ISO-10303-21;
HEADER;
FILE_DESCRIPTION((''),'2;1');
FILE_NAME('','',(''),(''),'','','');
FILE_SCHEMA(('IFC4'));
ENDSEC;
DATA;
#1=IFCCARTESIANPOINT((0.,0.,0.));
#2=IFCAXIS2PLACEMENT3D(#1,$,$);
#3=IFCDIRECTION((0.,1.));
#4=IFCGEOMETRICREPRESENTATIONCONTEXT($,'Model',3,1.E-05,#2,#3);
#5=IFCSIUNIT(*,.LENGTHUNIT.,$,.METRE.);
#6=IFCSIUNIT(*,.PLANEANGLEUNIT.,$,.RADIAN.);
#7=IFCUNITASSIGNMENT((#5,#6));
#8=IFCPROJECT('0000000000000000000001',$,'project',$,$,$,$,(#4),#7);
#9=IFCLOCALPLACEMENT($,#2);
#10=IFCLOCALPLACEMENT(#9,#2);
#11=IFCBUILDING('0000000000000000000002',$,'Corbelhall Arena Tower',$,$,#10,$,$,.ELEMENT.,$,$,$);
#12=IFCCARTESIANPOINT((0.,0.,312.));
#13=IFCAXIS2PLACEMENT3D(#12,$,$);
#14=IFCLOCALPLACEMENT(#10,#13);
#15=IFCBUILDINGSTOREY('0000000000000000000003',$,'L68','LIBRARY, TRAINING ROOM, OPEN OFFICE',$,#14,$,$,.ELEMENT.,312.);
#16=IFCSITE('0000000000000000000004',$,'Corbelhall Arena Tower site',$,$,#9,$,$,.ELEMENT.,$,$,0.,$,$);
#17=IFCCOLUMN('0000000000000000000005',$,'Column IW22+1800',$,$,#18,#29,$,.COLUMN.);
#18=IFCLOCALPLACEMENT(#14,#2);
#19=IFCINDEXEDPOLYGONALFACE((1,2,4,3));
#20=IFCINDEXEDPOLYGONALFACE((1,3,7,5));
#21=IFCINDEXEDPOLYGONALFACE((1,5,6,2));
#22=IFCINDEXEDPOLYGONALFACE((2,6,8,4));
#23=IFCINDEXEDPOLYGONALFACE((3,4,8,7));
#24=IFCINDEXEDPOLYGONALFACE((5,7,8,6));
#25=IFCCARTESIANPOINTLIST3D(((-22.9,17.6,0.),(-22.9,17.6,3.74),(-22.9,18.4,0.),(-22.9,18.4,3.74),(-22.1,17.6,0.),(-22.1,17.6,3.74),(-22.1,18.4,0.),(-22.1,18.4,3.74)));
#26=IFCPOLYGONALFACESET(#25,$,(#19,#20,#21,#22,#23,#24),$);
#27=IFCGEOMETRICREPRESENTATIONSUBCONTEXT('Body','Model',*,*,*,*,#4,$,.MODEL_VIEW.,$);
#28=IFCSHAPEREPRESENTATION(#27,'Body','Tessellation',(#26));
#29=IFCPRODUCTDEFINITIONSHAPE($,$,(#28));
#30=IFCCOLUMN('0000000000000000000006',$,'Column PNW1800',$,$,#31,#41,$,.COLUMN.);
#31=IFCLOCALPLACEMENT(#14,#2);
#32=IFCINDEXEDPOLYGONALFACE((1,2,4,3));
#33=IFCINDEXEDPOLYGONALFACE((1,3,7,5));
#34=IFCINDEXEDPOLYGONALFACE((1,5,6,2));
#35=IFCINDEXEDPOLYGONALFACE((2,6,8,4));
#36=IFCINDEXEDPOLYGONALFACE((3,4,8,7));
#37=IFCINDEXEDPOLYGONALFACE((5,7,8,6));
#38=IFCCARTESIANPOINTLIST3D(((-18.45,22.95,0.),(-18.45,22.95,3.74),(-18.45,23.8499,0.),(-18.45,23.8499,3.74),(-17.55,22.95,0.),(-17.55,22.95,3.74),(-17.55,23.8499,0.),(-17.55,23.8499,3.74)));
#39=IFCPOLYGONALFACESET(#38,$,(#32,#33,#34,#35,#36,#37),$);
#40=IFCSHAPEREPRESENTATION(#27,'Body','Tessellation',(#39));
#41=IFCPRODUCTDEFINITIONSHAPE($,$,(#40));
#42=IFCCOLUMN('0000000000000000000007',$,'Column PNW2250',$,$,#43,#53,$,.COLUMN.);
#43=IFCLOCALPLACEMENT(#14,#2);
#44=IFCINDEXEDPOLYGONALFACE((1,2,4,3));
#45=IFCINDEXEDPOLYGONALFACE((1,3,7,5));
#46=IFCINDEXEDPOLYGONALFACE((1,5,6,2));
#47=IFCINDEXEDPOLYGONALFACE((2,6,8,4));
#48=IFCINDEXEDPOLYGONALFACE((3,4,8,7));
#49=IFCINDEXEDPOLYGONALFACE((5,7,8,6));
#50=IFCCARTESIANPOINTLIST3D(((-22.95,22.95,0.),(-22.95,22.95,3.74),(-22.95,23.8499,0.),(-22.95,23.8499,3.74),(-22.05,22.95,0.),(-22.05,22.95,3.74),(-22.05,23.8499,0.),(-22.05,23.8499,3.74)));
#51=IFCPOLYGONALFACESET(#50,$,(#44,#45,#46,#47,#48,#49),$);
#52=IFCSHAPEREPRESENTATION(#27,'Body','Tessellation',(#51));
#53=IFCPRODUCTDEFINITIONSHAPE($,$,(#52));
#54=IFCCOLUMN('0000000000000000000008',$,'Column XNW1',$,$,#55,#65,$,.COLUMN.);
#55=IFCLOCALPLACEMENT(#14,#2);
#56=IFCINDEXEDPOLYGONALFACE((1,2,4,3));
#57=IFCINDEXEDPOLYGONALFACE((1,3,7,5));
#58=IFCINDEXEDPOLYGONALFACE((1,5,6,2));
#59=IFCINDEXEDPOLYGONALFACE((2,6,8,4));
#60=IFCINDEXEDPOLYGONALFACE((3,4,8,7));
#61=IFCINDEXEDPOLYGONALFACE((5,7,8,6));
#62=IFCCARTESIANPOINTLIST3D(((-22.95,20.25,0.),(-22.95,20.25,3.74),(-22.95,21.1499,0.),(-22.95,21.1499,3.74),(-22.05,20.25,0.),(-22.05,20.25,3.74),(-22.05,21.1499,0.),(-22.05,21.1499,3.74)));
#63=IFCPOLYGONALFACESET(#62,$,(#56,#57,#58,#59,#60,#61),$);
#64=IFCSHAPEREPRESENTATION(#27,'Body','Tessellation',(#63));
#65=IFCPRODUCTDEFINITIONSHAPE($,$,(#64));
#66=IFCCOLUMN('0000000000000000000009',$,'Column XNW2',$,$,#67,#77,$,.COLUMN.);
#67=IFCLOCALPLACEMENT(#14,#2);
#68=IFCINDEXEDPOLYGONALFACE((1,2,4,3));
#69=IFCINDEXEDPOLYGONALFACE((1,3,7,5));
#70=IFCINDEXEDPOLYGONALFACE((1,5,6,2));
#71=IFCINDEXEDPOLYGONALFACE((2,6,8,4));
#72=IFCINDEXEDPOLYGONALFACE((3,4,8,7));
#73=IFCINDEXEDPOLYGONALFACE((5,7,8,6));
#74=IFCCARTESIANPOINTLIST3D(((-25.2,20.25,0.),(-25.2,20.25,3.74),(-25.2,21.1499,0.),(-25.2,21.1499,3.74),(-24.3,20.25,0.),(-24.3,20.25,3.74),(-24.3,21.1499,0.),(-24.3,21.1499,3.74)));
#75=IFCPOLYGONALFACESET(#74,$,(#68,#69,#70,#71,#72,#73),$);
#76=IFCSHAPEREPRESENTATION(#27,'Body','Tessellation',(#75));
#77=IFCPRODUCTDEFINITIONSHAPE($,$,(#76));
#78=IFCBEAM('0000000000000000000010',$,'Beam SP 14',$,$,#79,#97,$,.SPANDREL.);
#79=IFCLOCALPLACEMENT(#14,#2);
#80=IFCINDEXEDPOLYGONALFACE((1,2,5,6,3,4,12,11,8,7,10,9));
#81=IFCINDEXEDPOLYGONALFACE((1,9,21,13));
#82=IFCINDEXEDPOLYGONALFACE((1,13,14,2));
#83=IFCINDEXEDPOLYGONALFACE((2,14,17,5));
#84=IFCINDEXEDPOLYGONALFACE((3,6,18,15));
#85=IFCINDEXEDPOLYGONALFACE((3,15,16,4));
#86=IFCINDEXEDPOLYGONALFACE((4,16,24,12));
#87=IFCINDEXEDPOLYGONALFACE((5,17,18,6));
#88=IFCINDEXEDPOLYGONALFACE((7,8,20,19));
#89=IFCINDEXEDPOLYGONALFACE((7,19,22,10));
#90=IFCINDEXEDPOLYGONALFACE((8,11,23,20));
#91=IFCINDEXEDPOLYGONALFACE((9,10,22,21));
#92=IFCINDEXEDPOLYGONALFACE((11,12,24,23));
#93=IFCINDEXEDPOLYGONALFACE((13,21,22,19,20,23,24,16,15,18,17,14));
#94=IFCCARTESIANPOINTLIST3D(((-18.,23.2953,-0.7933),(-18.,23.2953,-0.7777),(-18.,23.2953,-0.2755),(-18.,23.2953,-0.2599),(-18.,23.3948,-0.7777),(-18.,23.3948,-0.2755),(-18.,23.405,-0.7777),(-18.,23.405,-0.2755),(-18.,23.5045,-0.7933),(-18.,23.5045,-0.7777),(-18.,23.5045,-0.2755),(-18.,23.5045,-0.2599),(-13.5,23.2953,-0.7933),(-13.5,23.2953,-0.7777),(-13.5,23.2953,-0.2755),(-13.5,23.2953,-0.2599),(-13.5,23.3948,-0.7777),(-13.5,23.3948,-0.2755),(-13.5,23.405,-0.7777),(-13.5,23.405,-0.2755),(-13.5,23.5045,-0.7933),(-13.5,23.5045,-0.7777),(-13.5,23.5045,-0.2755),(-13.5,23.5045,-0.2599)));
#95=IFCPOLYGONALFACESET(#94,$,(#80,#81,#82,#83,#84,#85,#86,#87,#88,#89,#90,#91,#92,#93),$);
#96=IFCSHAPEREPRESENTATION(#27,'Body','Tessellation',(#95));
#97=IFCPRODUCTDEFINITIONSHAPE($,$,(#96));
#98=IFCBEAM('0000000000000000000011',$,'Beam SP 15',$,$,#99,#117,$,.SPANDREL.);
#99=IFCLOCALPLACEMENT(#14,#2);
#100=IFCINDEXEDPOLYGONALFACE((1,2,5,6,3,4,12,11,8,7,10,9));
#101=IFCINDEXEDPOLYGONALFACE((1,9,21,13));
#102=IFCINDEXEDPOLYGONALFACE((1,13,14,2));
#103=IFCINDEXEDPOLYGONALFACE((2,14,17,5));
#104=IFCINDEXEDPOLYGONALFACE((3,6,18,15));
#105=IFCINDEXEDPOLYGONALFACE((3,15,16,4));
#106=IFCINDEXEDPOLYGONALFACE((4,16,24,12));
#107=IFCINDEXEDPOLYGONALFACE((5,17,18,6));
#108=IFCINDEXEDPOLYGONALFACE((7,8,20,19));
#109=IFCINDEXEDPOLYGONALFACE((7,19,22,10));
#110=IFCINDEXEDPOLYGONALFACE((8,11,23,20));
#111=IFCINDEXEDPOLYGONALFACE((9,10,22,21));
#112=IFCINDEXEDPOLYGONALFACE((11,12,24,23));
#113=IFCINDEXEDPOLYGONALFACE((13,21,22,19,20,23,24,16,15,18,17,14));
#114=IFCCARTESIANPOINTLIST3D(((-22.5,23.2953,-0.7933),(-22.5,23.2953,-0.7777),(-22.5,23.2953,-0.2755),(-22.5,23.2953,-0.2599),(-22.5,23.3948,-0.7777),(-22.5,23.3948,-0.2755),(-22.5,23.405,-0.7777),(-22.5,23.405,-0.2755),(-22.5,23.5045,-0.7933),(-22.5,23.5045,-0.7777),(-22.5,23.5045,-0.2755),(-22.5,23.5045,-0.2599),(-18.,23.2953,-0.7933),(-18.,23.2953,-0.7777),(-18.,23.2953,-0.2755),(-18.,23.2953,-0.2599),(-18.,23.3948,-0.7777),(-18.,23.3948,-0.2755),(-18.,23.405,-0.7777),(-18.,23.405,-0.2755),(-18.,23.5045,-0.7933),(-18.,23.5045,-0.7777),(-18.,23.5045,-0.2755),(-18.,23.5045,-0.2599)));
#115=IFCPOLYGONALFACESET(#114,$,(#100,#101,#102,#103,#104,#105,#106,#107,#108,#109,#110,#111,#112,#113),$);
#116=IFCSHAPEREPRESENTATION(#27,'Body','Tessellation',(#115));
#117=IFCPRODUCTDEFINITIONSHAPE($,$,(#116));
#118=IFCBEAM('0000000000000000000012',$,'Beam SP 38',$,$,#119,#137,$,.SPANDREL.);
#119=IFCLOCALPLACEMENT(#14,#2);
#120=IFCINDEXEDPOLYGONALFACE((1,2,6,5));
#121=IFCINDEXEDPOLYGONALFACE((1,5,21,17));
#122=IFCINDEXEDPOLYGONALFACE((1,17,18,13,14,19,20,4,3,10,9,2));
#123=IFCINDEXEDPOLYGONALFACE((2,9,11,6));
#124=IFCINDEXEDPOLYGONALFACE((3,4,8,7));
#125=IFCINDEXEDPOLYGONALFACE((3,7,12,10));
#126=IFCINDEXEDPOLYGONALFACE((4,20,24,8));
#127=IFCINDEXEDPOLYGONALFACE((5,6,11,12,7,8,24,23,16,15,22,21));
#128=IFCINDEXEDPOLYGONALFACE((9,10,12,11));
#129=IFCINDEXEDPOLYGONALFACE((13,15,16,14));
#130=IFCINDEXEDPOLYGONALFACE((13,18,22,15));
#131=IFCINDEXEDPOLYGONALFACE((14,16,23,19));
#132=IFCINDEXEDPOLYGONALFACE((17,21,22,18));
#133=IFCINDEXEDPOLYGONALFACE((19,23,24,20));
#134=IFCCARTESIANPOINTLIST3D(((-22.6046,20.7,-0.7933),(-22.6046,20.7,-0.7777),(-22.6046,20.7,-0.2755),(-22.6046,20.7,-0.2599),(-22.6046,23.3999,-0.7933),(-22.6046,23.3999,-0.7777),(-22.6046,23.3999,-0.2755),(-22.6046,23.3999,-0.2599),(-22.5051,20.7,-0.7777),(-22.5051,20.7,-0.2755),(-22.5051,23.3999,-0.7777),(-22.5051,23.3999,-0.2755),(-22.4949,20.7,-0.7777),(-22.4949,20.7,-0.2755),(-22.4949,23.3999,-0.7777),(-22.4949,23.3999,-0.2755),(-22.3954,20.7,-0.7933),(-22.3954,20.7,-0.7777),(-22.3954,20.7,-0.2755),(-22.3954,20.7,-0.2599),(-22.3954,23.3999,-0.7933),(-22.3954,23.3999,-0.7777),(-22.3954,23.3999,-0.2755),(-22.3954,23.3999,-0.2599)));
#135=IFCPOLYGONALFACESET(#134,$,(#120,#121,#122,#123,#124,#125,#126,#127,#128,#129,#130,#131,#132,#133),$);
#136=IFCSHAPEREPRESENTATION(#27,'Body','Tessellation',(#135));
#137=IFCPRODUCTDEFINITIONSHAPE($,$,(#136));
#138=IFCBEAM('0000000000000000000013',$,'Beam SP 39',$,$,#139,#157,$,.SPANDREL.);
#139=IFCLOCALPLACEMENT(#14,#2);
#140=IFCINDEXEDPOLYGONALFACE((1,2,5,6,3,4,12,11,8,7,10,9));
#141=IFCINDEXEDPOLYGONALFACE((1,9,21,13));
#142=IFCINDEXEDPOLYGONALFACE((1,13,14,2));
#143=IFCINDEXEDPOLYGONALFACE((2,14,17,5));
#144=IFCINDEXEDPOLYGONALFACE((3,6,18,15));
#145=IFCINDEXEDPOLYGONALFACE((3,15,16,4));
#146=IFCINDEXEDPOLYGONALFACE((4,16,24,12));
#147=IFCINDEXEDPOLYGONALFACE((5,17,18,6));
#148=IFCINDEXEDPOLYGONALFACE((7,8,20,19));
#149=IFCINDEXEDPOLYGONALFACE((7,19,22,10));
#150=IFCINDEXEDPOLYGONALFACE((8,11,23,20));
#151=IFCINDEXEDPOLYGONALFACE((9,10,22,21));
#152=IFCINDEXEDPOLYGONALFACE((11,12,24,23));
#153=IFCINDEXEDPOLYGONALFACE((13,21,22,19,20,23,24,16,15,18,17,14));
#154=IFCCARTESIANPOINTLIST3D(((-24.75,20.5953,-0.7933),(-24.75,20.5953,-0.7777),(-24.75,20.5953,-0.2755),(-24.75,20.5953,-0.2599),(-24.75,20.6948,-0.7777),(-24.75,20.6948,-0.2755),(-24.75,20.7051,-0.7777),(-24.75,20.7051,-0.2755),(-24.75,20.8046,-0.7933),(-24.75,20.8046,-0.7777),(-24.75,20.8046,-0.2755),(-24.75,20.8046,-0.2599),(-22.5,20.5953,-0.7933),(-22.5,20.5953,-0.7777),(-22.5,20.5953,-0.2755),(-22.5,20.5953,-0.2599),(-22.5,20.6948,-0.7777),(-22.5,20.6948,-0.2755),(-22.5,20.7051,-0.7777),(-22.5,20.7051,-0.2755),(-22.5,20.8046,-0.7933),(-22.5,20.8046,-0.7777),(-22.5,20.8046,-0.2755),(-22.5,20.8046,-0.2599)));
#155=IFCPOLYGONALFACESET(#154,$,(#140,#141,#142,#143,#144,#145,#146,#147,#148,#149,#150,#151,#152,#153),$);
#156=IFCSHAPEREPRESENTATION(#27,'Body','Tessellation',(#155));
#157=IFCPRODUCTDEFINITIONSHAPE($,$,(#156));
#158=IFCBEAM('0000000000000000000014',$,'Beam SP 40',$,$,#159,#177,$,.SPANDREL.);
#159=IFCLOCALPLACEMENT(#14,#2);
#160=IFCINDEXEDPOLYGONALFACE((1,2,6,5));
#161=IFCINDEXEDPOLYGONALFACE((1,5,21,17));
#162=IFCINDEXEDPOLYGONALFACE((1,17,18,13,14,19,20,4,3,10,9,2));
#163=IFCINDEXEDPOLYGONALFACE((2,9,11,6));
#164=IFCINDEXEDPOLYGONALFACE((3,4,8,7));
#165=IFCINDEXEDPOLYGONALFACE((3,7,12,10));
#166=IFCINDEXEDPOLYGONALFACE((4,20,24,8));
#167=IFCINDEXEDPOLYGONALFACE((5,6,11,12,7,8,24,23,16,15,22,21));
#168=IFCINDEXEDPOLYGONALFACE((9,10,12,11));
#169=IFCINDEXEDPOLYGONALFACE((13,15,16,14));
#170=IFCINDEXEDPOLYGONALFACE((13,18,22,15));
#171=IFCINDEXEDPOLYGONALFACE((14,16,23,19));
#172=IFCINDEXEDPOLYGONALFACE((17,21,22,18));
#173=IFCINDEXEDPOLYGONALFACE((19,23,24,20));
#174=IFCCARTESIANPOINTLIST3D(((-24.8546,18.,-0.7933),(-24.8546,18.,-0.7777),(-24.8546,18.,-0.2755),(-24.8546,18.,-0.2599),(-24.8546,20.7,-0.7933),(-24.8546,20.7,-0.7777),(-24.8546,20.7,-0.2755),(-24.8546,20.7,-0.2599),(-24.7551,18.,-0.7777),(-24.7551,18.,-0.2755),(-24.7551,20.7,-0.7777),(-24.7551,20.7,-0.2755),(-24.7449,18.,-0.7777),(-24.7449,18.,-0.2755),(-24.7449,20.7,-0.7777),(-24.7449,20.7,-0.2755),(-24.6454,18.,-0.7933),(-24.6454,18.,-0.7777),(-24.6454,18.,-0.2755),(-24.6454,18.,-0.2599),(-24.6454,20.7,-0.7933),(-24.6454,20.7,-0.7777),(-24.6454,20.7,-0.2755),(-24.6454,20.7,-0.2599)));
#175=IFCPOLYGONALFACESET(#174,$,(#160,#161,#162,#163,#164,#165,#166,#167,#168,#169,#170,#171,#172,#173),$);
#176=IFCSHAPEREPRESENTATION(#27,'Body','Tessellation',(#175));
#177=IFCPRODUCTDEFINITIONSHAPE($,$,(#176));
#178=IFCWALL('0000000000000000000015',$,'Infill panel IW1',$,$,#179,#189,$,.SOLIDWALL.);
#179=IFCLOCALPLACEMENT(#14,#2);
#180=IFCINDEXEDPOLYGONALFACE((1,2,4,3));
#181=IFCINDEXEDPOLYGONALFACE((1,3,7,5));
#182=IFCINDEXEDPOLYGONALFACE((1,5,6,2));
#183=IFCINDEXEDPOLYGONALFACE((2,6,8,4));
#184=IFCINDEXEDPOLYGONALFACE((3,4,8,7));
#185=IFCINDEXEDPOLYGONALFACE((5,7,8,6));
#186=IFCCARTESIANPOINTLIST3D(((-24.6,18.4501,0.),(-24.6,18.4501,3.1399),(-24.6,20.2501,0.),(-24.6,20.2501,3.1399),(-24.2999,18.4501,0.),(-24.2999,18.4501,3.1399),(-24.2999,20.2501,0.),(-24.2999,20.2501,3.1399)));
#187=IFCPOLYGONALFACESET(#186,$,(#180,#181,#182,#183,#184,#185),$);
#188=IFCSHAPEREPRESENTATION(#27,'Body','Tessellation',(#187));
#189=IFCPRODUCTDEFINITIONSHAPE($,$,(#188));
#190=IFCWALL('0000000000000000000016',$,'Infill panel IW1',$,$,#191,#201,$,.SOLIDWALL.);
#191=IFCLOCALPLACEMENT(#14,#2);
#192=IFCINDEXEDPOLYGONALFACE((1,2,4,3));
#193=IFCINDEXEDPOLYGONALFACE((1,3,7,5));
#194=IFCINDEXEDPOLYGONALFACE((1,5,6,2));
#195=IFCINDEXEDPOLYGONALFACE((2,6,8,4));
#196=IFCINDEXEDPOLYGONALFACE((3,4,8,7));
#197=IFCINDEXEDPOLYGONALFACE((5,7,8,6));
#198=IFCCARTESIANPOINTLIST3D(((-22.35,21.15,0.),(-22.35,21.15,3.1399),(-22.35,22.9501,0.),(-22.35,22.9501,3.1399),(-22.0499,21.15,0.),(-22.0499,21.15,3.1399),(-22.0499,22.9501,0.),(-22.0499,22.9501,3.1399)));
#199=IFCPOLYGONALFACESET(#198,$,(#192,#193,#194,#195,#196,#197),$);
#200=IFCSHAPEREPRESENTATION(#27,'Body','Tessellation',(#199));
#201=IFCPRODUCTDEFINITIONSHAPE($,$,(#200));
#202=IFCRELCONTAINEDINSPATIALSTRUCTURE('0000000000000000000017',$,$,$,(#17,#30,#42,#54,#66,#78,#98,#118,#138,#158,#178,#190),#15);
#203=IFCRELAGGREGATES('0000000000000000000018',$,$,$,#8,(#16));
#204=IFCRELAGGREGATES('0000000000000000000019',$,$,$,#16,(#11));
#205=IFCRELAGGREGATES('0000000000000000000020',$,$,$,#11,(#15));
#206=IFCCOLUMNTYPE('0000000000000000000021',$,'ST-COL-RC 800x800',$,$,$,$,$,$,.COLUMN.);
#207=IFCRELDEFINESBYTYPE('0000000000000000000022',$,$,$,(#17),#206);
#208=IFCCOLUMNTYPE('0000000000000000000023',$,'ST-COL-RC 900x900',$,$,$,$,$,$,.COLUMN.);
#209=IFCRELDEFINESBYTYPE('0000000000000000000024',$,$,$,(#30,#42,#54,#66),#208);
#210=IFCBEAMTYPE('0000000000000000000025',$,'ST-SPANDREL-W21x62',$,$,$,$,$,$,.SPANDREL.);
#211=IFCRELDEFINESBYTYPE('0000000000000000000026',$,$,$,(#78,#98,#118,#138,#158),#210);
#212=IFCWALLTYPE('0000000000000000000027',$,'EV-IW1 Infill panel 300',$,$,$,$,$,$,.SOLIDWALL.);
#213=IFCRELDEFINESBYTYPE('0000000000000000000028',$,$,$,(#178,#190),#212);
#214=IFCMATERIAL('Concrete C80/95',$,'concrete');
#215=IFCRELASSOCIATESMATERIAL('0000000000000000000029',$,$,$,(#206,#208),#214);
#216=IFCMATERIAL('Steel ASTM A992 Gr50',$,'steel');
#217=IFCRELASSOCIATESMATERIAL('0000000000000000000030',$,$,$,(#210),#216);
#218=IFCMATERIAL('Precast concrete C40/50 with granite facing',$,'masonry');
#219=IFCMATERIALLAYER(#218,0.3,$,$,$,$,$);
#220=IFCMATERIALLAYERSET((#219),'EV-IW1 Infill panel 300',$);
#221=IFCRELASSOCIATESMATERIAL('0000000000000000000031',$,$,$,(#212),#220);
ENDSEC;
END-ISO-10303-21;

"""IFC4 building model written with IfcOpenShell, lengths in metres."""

from ifc_helpers import new_model, si_unit, direction, frame, frame_2d, origin, origin_2d, place, context, subcontext, project, spatial, rectangle, i_section, extrude, material, layer, layer_set, material_profile, profile_set, type_object, element, save


model = new_model("IFC4")

# Units and contexts
model_context = context("Model", 3, precision=1e-05, world=origin(), true_north=direction((0.0, 1.0)))
body_context = subcontext(model_context, "Body", "Model", "MODEL_VIEW")
ifc_project = project(units=[si_unit("LENGTHUNIT", "METRE"), si_unit("PLANEANGLEUNIT", "RADIAN")], contexts=[model_context])

# Site, building, storey
site_placement = place(None, origin())
site = spatial("IfcSite", under=ifc_project, at=site_placement, Name="Corbelhall Arena Tower site", CompositionType="ELEMENT", RefElevation=0.0)
building_placement = place(site_placement, origin())
building = spatial("IfcBuilding", under=site, at=building_placement, Name="Corbelhall Arena Tower", CompositionType="ELEMENT")
storey_placement = place(building_placement, frame((0.0, 0.0, 312.0)))
storey = spatial("IfcBuildingStorey", under=building, at=storey_placement, Name="L68", Description="LIBRARY, TRAINING ROOM, OPEN OFFICE", CompositionType="ELEMENT", Elevation=312.0)

# Columns
ifc_material_1 = material(Name="Concrete C80/95", Category="concrete")
ifc_material_profile_1 = material_profile(ifc_material_1, rectangle(XDim=0.8, YDim=0.8, at=origin_2d()))
ifc_profile_set_1 = profile_set([ifc_material_profile_1], Name="Concrete C80/95")
column_type_1 = type_object("IfcColumnType", Name="ST-COL-RC 800x800", PredefinedType="COLUMN", material=ifc_profile_set_1)
column_placement = place(storey_placement, frame((-22.5, 18.0, 0.0), z_axis=(0.0, 0.0, 1.0), x_axis=(1.0, 0.0, 0.0)))
element("IfcColumn", 1, at=column_placement, inside=storey, type_object=column_type_1, Name="Column IW22+1800", PredefinedType="COLUMN", context=body_context, shape_type="SweptSolid", body=[
    extrude(rectangle(XDim=0.8, YDim=0.8, at=origin_2d()), origin(), (0.0, 0.0, 1.0), 3.74),
])
ifc_material_profile_2 = material_profile(ifc_material_1, rectangle(XDim=0.8999, YDim=0.8999, at=origin_2d()))
ifc_profile_set_2 = profile_set([ifc_material_profile_2], Name="Concrete C80/95")
column_type_2 = type_object("IfcColumnType", Name="ST-COL-RC 900x900", PredefinedType="COLUMN", material=ifc_profile_set_2)
for number, where, z_axis, x_axis, name in (
    (2, (-18.0, 23.3999, 0.0), (0.0, 0.0, 1.0), (1.0, 0.0, 0.0), "Column PNW1800"),
    (3, (-22.5, 23.3999, 0.0), (0.0, 0.0, 1.0), (1.0, 0.0, 0.0), "Column PNW2250"),
    (4, (-22.5, 20.7, 0.0), (0.0, 0.0, 1.0), (1.0, 0.0, 0.0), "Column XNW1"),
    (5, (-24.75, 20.7, 0.0), (0.0, 0.0, 1.0), (1.0, 0.0, 0.0), "Column XNW2"),
):
    element("IfcColumn", number, at=place(storey_placement, frame(where, z_axis=z_axis, x_axis=x_axis)), inside=storey, type_object=column_type_2, Name=name, PredefinedType="COLUMN", context=body_context, shape_type="SweptSolid", body=[
        extrude(rectangle(XDim=0.8999, YDim=0.8999, at=origin_2d()), origin(), (0.0, 0.0, 1.0), 3.74),
    ])

# Beams
ifc_material_2 = material(Name="Steel ASTM A992 Gr50", Category="steel")
ifc_material_profile_3 = material_profile(ifc_material_2, i_section(OverallWidth=0.2092, OverallDepth=0.5334, WebThickness=0.0103, FlangeThickness=0.0156, at=origin_2d()))
ifc_profile_set_3 = profile_set([ifc_material_profile_3], Name="Steel ASTM A992 Gr50")
beam_type = type_object("IfcBeamType", Name="ST-SPANDREL-W21x62", PredefinedType="SPANDREL", material=ifc_profile_set_3)
for number, where, z_axis, x_axis, name in (
    (6, (-18.0, 23.3999, -0.5266), (1.0, 0.0, 0.0), (0.0, 1.0, 0.0), "Beam SP 14"),
    (7, (-22.5, 23.3999, -0.5266), (1.0, 0.0, 0.0), (0.0, 1.0, 0.0), "Beam SP 15"),
):
    element("IfcBeam", number, at=place(storey_placement, frame(where, z_axis=z_axis, x_axis=x_axis)), inside=storey, type_object=beam_type, Name=name, PredefinedType="SPANDREL", context=body_context, shape_type="SweptSolid", body=[
        extrude(i_section(OverallWidth=0.2092, OverallDepth=0.5334, WebThickness=0.0103, FlangeThickness=0.0156, at=origin_2d()), origin(), (0.0, 0.0, 1.0), 4.5),
    ])
beam_1_placement = place(storey_placement, frame((-22.5, 20.7, -0.5266), z_axis=(0.0, 1.0, 0.0), x_axis=(-1.0, 0.0, 0.0)))
element("IfcBeam", 8, at=beam_1_placement, inside=storey, type_object=beam_type, Name="Beam SP 38", PredefinedType="SPANDREL", context=body_context, shape_type="SweptSolid", body=[
    extrude(i_section(OverallWidth=0.2092, OverallDepth=0.5334, WebThickness=0.0103, FlangeThickness=0.0156, at=origin_2d()), origin(), (0.0, 0.0, 1.0), 2.7),
])
beam_2_placement = place(storey_placement, frame((-24.75, 20.7, -0.5266), z_axis=(1.0, 0.0, 0.0), x_axis=(0.0, 1.0, 0.0)))
element("IfcBeam", 9, at=beam_2_placement, inside=storey, type_object=beam_type, Name="Beam SP 39", PredefinedType="SPANDREL", context=body_context, shape_type="SweptSolid", body=[
    extrude(i_section(OverallWidth=0.2092, OverallDepth=0.5334, WebThickness=0.0103, FlangeThickness=0.0156, at=origin_2d()), origin(), (0.0, 0.0, 1.0), 2.25),
])
beam_3_placement = place(storey_placement, frame((-24.75, 18.0, -0.5266), z_axis=(0.0, 1.0, 0.0), x_axis=(-1.0, 0.0, 0.0)))
element("IfcBeam", 10, at=beam_3_placement, inside=storey, type_object=beam_type, Name="Beam SP 40", PredefinedType="SPANDREL", context=body_context, shape_type="SweptSolid", body=[
    extrude(i_section(OverallWidth=0.2092, OverallDepth=0.5334, WebThickness=0.0103, FlangeThickness=0.0156, at=origin_2d()), origin(), (0.0, 0.0, 1.0), 2.7),
])

# Wall
ifc_material_3 = material(Name="Precast concrete C40/50 with granite facing", Category="masonry")
ifc_layer_1 = layer(ifc_material_3, 0.3)
ifc_layer_set_1 = layer_set([ifc_layer_1], Name="EV-IW1 Infill panel 300")
wall_type_1 = type_object("IfcWallType", Name="EV-IW1 Infill panel 300", PredefinedType="SOLIDWALL", material=ifc_layer_set_1)
wall_1_placement = place(storey_placement, frame((-24.45, 20.25, 0.0), z_axis=(0.0, 0.0, 1.0), x_axis=(0.0, -1.0, 0.0)))
element("IfcWall", 11, at=wall_1_placement, inside=storey, type_object=wall_type_1, Name="Infill panel IW1", PredefinedType="SOLIDWALL", context=body_context, shape_type="SweptSolid", body=[
    extrude(rectangle(XDim=1.8, YDim=0.3, at=frame_2d((0.8999, 0.0))), origin(), (0.0, 0.0, 1.0), 3.1399),
])

# Wall
wall_2_placement = place(storey_placement, frame((-22.2, 22.95, 0.0), z_axis=(0.0, 0.0, 1.0), x_axis=(0.0, -1.0, 0.0)))
element("IfcWall", 12, at=wall_2_placement, inside=storey, type_object=wall_type_1, Name="Infill panel IW1", PredefinedType="SOLIDWALL", context=body_context, shape_type="SweptSolid", body=[
    extrude(rectangle(XDim=1.8, YDim=0.3, at=frame_2d((0.8999, 0.0))), origin(), (0.0, 0.0, 1.0), 3.1399),
])

save(model, "model.ifc")
